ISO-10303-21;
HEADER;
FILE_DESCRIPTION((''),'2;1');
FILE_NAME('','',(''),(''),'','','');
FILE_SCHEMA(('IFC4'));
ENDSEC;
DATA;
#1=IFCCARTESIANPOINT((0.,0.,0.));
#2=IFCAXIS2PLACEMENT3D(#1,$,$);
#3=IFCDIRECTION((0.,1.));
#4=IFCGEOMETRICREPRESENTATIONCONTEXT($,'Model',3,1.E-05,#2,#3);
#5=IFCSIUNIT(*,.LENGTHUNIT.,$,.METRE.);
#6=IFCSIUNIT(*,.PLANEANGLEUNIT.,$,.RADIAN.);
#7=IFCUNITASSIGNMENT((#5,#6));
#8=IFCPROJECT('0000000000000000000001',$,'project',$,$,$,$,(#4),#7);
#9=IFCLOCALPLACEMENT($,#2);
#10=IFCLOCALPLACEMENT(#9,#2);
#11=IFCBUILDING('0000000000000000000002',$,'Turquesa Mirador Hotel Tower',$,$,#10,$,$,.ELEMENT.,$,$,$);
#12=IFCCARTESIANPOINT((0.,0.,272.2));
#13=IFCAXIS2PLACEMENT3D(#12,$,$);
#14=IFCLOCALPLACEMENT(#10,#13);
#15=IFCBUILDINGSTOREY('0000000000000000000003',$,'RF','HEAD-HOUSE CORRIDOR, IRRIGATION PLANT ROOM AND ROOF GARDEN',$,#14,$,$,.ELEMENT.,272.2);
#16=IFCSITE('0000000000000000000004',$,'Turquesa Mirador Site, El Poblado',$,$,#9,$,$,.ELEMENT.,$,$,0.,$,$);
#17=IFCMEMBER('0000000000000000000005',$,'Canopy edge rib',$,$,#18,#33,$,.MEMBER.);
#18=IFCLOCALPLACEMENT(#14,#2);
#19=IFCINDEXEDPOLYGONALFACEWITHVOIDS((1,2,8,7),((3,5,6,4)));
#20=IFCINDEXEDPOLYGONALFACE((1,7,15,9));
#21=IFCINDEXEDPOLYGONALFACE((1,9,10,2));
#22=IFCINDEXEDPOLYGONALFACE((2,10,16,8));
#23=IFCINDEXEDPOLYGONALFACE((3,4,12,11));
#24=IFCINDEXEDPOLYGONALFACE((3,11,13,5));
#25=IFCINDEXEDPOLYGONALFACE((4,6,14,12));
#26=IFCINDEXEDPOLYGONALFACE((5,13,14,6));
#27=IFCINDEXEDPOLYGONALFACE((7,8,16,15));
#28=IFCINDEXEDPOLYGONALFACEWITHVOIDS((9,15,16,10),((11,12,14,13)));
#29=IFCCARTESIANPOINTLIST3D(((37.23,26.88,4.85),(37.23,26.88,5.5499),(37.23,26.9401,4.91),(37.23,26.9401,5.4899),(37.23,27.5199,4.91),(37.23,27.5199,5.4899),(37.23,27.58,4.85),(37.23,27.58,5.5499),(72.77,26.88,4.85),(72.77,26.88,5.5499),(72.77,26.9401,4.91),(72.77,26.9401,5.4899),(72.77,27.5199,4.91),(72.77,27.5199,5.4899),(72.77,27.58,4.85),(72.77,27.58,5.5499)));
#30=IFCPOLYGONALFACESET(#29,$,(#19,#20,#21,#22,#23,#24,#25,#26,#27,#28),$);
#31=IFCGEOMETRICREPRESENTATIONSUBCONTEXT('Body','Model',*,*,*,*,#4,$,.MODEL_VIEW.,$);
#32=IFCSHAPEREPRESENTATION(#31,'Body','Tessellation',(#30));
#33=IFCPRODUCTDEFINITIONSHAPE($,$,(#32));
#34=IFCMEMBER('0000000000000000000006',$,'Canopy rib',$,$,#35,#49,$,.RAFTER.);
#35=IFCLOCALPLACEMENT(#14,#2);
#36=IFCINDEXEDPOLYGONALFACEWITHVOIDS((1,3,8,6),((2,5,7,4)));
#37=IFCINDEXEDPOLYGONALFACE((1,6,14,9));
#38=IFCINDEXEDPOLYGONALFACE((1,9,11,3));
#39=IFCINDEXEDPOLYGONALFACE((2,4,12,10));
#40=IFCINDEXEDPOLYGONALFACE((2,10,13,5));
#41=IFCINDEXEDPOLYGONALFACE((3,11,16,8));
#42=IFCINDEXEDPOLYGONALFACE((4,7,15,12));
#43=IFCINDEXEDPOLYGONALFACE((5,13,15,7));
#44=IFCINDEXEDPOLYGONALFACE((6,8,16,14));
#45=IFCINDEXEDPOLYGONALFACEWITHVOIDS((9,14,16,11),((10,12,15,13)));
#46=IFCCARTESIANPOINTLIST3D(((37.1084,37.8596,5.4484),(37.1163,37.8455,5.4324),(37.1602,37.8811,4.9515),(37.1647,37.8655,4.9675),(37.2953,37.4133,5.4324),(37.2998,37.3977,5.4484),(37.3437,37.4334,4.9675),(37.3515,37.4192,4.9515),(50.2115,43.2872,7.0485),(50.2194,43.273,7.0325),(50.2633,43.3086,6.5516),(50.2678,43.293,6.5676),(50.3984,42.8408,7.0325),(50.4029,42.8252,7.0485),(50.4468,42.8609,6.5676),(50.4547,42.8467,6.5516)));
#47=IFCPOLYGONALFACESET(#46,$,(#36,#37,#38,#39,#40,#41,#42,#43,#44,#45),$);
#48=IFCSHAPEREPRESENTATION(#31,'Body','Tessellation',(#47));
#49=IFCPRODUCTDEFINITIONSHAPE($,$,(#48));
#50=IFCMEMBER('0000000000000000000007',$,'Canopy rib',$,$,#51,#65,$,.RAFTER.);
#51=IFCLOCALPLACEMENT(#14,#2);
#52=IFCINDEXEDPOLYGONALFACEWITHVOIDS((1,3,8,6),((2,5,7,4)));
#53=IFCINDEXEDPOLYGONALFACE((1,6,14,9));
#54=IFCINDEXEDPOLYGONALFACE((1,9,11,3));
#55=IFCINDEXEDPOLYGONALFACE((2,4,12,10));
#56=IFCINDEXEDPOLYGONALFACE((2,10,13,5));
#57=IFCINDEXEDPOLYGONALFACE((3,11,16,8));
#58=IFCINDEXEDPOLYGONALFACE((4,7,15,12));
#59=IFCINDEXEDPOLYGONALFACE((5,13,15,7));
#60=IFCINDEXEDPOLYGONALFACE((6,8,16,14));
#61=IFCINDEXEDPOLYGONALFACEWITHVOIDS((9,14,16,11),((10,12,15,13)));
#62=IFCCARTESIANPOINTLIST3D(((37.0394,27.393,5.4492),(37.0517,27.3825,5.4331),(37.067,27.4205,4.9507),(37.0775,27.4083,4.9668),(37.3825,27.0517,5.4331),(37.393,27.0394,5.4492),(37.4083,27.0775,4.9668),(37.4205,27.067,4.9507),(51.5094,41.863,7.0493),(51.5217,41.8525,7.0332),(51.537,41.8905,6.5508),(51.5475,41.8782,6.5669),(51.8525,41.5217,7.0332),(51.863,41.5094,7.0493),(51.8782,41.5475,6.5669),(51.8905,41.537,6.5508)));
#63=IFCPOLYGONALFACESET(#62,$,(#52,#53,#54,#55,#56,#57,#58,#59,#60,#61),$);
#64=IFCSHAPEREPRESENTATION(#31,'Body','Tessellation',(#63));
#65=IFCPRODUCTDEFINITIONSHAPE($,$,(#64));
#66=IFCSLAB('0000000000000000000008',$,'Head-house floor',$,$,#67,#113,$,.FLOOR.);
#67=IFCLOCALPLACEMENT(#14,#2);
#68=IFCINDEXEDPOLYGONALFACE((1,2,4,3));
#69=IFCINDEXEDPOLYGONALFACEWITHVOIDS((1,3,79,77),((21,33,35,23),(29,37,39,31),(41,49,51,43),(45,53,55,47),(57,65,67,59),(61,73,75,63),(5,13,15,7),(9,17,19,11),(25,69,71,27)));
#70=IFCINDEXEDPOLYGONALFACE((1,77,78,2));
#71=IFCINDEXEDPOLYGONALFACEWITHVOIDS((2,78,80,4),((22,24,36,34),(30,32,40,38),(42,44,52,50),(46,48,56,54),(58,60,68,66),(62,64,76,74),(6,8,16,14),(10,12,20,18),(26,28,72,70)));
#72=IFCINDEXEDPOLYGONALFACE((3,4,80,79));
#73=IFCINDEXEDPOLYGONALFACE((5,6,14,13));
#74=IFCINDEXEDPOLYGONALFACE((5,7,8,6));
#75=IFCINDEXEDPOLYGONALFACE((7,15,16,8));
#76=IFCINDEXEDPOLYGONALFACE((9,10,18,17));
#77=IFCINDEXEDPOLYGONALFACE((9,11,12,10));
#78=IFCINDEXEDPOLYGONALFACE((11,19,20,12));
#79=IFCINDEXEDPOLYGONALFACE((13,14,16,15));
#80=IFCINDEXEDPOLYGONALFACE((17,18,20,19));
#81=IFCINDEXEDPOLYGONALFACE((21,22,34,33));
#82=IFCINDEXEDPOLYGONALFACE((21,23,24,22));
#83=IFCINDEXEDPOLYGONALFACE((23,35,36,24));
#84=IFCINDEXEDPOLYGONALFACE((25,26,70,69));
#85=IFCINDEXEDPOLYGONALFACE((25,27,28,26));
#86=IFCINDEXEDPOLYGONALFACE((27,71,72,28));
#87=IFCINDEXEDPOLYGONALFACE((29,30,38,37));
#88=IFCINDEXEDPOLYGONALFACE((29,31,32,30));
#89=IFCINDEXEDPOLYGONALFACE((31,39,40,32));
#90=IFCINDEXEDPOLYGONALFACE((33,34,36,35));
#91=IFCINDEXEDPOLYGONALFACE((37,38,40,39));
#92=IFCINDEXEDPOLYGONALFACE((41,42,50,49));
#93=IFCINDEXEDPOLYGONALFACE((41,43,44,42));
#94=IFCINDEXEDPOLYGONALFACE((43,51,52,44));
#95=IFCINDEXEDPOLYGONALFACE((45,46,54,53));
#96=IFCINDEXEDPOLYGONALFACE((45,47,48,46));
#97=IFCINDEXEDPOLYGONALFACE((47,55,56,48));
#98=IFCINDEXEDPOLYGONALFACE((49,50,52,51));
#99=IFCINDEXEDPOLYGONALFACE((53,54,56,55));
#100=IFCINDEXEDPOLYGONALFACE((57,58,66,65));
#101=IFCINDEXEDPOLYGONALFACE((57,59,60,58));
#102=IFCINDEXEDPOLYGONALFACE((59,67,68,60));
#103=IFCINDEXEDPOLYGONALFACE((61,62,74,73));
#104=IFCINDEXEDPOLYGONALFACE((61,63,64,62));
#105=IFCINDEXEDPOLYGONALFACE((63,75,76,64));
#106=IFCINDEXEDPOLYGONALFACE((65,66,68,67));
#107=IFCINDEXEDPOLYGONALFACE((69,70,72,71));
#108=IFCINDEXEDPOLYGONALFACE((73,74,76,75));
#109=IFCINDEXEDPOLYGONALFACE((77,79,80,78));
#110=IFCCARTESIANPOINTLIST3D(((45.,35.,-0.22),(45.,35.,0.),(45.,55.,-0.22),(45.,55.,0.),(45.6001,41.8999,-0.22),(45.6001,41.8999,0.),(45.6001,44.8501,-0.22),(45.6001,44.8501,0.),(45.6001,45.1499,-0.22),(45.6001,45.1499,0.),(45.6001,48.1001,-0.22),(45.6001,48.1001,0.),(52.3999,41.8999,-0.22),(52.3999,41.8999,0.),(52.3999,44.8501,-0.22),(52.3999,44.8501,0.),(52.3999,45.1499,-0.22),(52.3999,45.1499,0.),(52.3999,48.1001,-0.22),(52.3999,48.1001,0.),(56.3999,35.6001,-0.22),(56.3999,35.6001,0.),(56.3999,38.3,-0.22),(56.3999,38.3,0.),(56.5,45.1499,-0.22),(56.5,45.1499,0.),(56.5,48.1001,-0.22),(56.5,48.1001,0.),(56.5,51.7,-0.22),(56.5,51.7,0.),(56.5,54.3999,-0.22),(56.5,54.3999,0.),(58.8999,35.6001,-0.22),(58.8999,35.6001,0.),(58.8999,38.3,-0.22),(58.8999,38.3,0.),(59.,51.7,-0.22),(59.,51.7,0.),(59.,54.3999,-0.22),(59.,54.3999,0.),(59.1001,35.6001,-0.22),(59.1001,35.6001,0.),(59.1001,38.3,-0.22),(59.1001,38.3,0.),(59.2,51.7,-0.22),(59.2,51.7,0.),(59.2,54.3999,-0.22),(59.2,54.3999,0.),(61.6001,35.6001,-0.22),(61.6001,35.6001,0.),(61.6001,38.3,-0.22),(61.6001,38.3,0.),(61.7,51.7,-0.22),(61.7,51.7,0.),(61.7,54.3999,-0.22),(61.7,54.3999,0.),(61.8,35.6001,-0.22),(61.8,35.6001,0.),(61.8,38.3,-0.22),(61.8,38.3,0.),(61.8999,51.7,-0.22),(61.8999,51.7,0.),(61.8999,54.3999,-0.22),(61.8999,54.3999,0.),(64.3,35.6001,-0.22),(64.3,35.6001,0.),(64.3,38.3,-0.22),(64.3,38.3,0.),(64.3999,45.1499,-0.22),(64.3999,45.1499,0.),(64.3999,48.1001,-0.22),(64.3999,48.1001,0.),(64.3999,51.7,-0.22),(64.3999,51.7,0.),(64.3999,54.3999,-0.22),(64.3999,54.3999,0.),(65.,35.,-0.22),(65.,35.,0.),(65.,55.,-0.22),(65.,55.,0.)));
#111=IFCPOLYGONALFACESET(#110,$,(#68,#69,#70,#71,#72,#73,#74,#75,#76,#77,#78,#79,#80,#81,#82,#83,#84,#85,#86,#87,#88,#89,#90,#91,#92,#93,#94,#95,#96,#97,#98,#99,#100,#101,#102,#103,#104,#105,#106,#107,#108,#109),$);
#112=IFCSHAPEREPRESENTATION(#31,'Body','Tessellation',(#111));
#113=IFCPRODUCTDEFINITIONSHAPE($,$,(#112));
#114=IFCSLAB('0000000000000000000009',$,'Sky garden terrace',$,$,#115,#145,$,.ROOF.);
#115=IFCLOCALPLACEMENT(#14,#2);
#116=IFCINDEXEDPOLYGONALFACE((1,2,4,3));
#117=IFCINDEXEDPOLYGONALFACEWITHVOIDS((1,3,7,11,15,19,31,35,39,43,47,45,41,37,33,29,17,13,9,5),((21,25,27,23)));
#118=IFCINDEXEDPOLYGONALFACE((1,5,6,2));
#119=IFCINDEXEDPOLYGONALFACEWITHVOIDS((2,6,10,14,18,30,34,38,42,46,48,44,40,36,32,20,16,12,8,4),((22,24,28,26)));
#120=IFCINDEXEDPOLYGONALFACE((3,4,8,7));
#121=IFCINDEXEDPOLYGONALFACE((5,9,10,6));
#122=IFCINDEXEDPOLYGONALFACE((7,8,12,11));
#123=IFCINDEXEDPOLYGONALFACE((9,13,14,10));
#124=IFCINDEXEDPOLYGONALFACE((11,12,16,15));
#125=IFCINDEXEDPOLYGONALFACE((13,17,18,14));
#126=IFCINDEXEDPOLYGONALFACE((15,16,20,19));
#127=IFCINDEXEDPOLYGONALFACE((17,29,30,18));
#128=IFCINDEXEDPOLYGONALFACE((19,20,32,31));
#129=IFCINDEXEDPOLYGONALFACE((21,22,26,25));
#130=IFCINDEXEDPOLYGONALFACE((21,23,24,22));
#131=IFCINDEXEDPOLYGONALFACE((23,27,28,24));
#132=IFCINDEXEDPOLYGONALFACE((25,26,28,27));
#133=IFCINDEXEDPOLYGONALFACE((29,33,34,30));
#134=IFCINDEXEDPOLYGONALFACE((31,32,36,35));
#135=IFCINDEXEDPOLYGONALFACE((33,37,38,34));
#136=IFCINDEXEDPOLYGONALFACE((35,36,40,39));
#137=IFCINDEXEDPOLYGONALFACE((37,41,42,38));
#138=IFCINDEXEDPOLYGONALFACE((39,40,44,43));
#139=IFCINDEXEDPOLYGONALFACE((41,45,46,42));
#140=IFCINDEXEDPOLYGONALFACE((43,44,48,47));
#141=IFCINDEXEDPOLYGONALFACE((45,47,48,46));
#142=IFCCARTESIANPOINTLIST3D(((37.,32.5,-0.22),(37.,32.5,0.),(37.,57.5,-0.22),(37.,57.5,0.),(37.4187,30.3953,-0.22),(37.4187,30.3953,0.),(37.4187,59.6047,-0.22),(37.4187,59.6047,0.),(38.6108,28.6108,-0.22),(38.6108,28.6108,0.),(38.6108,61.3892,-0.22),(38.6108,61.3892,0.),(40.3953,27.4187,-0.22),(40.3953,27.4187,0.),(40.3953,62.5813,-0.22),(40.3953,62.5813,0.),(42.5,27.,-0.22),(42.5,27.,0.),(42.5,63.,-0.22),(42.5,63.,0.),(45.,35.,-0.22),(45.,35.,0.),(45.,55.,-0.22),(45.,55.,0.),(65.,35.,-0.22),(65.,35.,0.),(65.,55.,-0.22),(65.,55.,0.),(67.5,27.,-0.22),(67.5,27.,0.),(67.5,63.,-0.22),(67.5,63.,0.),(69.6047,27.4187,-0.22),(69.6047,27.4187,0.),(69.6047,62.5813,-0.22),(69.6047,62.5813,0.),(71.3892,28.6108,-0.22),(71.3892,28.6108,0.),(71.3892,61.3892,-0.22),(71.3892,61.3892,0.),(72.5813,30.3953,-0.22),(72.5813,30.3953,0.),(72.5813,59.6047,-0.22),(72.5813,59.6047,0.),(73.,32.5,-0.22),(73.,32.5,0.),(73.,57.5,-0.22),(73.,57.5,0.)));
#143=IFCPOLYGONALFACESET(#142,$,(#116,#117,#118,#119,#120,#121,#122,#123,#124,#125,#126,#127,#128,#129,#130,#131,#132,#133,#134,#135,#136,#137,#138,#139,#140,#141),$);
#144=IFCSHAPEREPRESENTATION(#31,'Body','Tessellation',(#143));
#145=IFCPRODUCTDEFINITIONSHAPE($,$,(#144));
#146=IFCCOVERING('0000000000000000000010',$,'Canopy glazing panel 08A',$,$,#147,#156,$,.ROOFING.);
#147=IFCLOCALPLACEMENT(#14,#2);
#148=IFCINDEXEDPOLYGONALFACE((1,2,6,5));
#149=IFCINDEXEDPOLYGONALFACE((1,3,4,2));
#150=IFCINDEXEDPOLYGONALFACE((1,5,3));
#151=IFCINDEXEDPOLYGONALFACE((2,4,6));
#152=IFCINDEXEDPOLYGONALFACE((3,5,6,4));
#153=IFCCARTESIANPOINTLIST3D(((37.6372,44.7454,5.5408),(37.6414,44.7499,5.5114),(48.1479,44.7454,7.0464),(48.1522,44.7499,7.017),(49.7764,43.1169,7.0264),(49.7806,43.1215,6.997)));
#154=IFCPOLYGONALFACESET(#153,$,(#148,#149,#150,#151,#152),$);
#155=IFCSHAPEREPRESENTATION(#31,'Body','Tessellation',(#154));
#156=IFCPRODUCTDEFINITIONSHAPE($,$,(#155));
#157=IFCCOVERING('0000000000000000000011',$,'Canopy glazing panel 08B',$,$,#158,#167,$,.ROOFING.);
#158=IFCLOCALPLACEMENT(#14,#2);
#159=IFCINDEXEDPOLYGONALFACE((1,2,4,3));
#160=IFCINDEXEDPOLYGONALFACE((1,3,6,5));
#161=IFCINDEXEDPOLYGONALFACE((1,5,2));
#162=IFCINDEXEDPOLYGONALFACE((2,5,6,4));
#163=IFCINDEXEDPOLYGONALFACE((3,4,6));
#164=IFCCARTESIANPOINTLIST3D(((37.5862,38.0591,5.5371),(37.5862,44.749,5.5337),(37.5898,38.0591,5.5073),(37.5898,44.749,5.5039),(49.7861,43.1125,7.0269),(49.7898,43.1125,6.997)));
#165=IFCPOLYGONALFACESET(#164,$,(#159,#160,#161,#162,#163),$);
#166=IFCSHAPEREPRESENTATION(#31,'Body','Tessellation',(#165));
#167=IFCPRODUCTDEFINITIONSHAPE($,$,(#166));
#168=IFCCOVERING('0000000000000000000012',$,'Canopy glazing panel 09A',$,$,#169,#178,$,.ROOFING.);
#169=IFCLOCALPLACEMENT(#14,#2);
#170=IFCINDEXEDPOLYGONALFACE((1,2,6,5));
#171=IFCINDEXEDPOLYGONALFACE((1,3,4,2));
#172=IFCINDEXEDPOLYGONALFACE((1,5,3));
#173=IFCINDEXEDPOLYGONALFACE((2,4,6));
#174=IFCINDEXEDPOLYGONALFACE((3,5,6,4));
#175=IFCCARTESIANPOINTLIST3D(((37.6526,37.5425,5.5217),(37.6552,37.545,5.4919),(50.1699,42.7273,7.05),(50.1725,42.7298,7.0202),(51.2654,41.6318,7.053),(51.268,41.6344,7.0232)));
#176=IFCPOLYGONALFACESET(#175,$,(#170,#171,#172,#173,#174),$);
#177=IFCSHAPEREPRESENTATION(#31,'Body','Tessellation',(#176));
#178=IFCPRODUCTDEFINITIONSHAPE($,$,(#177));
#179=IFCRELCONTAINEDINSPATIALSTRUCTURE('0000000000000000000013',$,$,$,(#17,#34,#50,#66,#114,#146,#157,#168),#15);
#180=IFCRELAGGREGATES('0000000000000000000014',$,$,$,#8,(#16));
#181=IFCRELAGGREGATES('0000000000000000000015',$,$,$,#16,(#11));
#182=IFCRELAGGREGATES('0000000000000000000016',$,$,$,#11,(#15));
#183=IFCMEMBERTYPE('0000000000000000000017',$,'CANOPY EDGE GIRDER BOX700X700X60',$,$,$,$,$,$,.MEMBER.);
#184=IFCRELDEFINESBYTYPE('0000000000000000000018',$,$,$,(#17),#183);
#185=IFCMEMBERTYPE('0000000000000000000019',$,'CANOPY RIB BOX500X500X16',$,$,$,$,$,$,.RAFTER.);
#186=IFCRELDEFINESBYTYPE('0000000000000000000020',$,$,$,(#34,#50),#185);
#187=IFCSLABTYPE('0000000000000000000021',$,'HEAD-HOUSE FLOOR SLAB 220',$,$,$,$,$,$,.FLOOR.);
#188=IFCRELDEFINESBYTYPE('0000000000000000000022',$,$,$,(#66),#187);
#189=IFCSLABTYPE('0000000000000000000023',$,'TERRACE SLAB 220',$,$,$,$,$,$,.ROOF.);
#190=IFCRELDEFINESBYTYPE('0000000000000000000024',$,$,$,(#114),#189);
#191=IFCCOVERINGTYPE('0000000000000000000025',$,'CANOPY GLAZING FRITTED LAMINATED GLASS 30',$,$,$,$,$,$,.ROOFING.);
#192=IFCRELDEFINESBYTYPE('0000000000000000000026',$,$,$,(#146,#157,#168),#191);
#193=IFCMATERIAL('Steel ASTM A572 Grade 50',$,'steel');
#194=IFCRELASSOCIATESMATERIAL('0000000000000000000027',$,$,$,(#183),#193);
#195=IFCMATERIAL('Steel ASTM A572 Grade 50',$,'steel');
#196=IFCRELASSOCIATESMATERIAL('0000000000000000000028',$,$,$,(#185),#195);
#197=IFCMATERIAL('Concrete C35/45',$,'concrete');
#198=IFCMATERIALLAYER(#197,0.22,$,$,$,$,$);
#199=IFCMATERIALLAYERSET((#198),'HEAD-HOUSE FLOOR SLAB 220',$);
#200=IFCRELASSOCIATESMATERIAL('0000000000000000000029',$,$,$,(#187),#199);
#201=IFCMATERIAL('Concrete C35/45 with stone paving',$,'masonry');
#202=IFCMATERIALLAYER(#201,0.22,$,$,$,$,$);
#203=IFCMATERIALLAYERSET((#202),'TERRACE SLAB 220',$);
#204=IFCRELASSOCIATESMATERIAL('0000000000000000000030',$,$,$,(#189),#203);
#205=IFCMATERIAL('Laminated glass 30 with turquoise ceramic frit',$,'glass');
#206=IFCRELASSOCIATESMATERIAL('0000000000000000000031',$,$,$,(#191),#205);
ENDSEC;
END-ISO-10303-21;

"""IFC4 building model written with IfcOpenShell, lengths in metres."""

from ifc_helpers import new_model, si_unit, direction, frame, origin, origin_2d, place, context, subcontext, project, spatial, polyline, hollow_rectangle, outline, extrude, material, layer, layer_set, material_profile, profile_set, type_object, element, save


model = new_model("IFC4")

# Units and contexts
model_context = context("Model", 3, precision=1e-05, world=origin(), true_north=direction((0.0, 1.0)))
body_context = subcontext(model_context, "Body", "Model", "MODEL_VIEW")
ifc_project = project(units=[si_unit("LENGTHUNIT", "METRE"), si_unit("PLANEANGLEUNIT", "RADIAN")], contexts=[model_context])

# Site, building, storey
site_placement = place(None, origin())
site = spatial("IfcSite", under=ifc_project, at=site_placement, Name="Turquesa Mirador Site, El Poblado", CompositionType="ELEMENT", RefElevation=0.0)
building_placement = place(site_placement, origin())
building = spatial("IfcBuilding", under=site, at=building_placement, Name="Turquesa Mirador Hotel Tower", CompositionType="ELEMENT")
storey_placement = place(building_placement, frame((0.0, 0.0, 272.2)))
storey = spatial("IfcBuildingStorey", under=building, at=storey_placement, Name="RF", Description="HEAD-HOUSE CORRIDOR, IRRIGATION PLANT ROOM AND ROOF GARDEN", CompositionType="ELEMENT", Elevation=272.2)

# Members
ifc_material_1 = material(Name="Steel ASTM A572 Grade 50", Category="steel")
ifc_material_profile_1 = material_profile(ifc_material_1, hollow_rectangle(XDim=0.7, YDim=0.7, WallThickness=0.0601, at=origin_2d()), Name="BOX700X700X60")
ifc_profile_set_1 = profile_set([ifc_material_profile_1], Name="Steel ASTM A572 Grade 50")
member_type_1 = type_object("IfcMemberType", Name="CANOPY EDGE GIRDER BOX700X700X60", PredefinedType="MEMBER", material=ifc_profile_set_1)
member_1_placement = place(storey_placement, frame((37.23, 27.23, 5.2), z_axis=(1.0, 0.0, 0.0), x_axis=(0.0, 1.0, 0.0)))
element("IfcMember", 1, at=member_1_placement, inside=storey, type_object=member_type_1, Name="Canopy edge rib", PredefinedType="MEMBER", context=body_context, shape_type="SweptSolid", body=[
    extrude(hollow_rectangle(XDim=0.7, YDim=0.7, WallThickness=0.0601, at=origin_2d()), origin(), (0.0, 0.0, 1.0), 35.54),
])
ifc_material_2 = material(Name="Steel ASTM A572 Grade 50", Category="steel")
ifc_material_profile_2 = material_profile(ifc_material_2, hollow_rectangle(XDim=0.5, YDim=0.5, WallThickness=0.0161, at=origin_2d()), Name="BOX500X500X16")
ifc_profile_set_2 = profile_set([ifc_material_profile_2], Name="Steel ASTM A572 Grade 50")
member_type_2 = type_object("IfcMemberType", Name="CANOPY RIB BOX500X500X16", PredefinedType="RAFTER", material=ifc_profile_set_2)
member_2_placement = place(storey_placement, frame((37.23, 37.6394, 5.2), z_axis=(0.918054, 0.380273, 0.11211), x_axis=(-0.382686, 0.923879, 0.0)))
element("IfcMember", 2, at=member_2_placement, inside=storey, type_object=member_type_2, Name="Canopy rib", PredefinedType="RAFTER", context=body_context, shape_type="SweptSolid", body=[
    extrude(hollow_rectangle(XDim=0.5, YDim=0.5, WallThickness=0.0161, at=origin_2d()), origin(), (0.0, 0.0, 1.0), 14.2727),
])
member_3_placement = place(storey_placement, frame((37.23, 27.23, 5.2), z_axis=(0.704955, 0.704955, 0.077954), x_axis=(-0.707107, 0.707107, 0.0)))
element("IfcMember", 3, at=member_3_placement, inside=storey, type_object=member_type_2, Name="Canopy rib", PredefinedType="RAFTER", context=body_context, shape_type="SweptSolid", body=[
    extrude(hollow_rectangle(XDim=0.5, YDim=0.5, WallThickness=0.0161, at=origin_2d()), origin(), (0.0, 0.0, 1.0), 20.5261),
])

# Slabs
ifc_material_3 = material(Name="Concrete C35/45", Category="concrete")
ifc_layer_1 = layer(ifc_material_3, 0.22)
ifc_layer_set_1 = layer_set([ifc_layer_1], Name="HEAD-HOUSE FLOOR SLAB 220")
slab_type_1 = type_object("IfcSlabType", Name="HEAD-HOUSE FLOOR SLAB 220", PredefinedType="FLOOR", material=ifc_layer_set_1)
slab_1_placement = place(storey_placement, frame((0.0, 0.0, -0.22)))
element("IfcSlab", 4, at=slab_1_placement, inside=storey, type_object=slab_type_1, Name="Head-house floor", PredefinedType="FLOOR", context=body_context, shape_type="SweptSolid", body=[
    extrude(outline(polyline([(45.0, 35.0), (65.0, 35.0), (65.0, 55.0), (45.0, 55.0), (45.0, 35.0)]), holes=[polyline([(56.5, 51.7), (59.0, 51.7), (59.0, 54.3999), (56.5, 54.3999), (56.5, 51.7)]), polyline([(59.2, 51.7), (61.7, 51.7), (61.7, 54.3999), (59.2, 54.3999), (59.2, 51.7)]), polyline([(56.3999, 35.6001), (58.8999, 35.6001), (58.8999, 38.3), (56.3999, 38.3), (56.3999, 35.6001)]), polyline([(59.1001, 35.6001), (61.6001, 35.6001), (61.6001, 38.3), (59.1001, 38.3), (59.1001, 35.6001)]), polyline([(61.8, 35.6001), (64.3, 35.6001), (64.3, 38.3), (61.8, 38.3), (61.8, 35.6001)]), polyline([(45.6001, 45.1499), (52.3999, 45.1499), (52.3999, 48.1001), (45.6001, 48.1001), (45.6001, 45.1499)]), polyline([(45.6001, 41.8999), (52.3999, 41.8999), (52.3999, 44.8501), (45.6001, 44.8501), (45.6001, 41.8999)]), polyline([(56.5, 45.1499), (64.3999, 45.1499), (64.3999, 48.1001), (56.5, 48.1001), (56.5, 45.1499)]), polyline([(61.8999, 51.7), (64.3999, 51.7), (64.3999, 54.3999), (61.8999, 54.3999), (61.8999, 51.7)])]), origin(), (0.0, 0.0, 1.0), 0.22),
])
ifc_material_4 = material(Name="Concrete C35/45 with stone paving", Category="masonry")
ifc_layer_2 = layer(ifc_material_4, 0.22)
ifc_layer_set_2 = layer_set([ifc_layer_2], Name="TERRACE SLAB 220")
slab_type_2 = type_object("IfcSlabType", Name="TERRACE SLAB 220", PredefinedType="ROOF", material=ifc_layer_set_2)
slab_2_placement = place(storey_placement, frame((0.0, 0.0, -0.22)))
element("IfcSlab", 5, at=slab_2_placement, inside=storey, type_object=slab_type_2, Name="Sky garden terrace", PredefinedType="ROOF", context=body_context, shape_type="SweptSolid", body=[
    extrude(outline(polyline([(42.5, 27.0), (40.3953, 27.4187), (38.6108, 28.6108), (37.4187, 30.3953), (37.0, 32.5), (37.0, 57.5), (37.4187, 59.6047), (38.6108, 61.3892), (40.3953, 62.5813), (42.5, 63.0), (67.5, 63.0), (69.6047, 62.5813), (71.3892, 61.3892), (72.5813, 59.6047), (73.0, 57.5), (73.0, 32.5), (72.5813, 30.3953), (71.3892, 28.6108), (69.6047, 27.4187), (67.5, 27.0), (42.5, 27.0)]), holes=[polyline([(65.0, 55.0), (45.0, 55.0), (45.0, 35.0), (65.0, 35.0), (65.0, 55.0)])]), origin(), (0.0, 0.0, 1.0), 0.22),
])

# Coverings
ifc_material_5 = material(Name="Laminated glass 30 with turquoise ceramic frit", Category="glass")
covering_type_1 = type_object("IfcCoveringType", Name="CANOPY GLAZING FRITTED LAMINATED GLASS 30", PredefinedType="ROOFING", material=ifc_material_5)
covering_1_placement = place(storey_placement, frame((37.6372, 44.7454, 5.5408), z_axis=(-0.140147, -0.152174, 0.978367), x_axis=(0.989896, 0.0, 0.141798)))
element("IfcCovering", 6, at=covering_1_placement, inside=storey, type_object=covering_type_1, Name="Canopy glazing panel 08A", PredefinedType="ROOFING", context=body_context, shape_type="SweptSolid", body=[
    extrude(outline(polyline([(0.0, 0.0), (10.618, 0.0), (12.2272, -1.6476), (0.0, 0.0)])), origin(), (0.0, 0.0, -1.0), 0.03),
])
covering_2_placement = place(storey_placement, frame((37.5862, 44.749, 5.5337), z_axis=(-0.121417, 0.000507, 0.992601), x_axis=(0.983911, -0.13198, 0.120422)))
element("IfcCovering", 7, at=covering_2_placement, inside=storey, type_object=covering_type_1, Name="Canopy glazing panel 08B", PredefinedType="ROOFING", context=body_context, shape_type="SweptSolid", body=[
    extrude(outline(polyline([(0.0, 0.0), (12.3995, 0.0), (0.8833, -6.6314), (0.0, 0.0)])), origin(), (0.0, 0.0, -1.0), 0.03),
])
covering_3_placement = place(storey_placement, frame((37.6526, 37.5425, 5.5217), z_axis=(-0.086484, -0.083829, 0.99272), x_axis=(0.918058, 0.38027, 0.112092)))
element("IfcCovering", 8, at=covering_3_placement, inside=storey, type_object=covering_type_1, Name="Canopy glazing panel 09A", PredefinedType="ROOFING", context=body_context, shape_type="SweptSolid", body=[
    extrude(outline(polyline([(0.0, 0.0), (13.6346, 0.0), (14.224, -1.4327), (0.0, 0.0)])), origin(), (0.0, 0.0, -1.0), 0.03),
])

save(model, "model.ifc")
